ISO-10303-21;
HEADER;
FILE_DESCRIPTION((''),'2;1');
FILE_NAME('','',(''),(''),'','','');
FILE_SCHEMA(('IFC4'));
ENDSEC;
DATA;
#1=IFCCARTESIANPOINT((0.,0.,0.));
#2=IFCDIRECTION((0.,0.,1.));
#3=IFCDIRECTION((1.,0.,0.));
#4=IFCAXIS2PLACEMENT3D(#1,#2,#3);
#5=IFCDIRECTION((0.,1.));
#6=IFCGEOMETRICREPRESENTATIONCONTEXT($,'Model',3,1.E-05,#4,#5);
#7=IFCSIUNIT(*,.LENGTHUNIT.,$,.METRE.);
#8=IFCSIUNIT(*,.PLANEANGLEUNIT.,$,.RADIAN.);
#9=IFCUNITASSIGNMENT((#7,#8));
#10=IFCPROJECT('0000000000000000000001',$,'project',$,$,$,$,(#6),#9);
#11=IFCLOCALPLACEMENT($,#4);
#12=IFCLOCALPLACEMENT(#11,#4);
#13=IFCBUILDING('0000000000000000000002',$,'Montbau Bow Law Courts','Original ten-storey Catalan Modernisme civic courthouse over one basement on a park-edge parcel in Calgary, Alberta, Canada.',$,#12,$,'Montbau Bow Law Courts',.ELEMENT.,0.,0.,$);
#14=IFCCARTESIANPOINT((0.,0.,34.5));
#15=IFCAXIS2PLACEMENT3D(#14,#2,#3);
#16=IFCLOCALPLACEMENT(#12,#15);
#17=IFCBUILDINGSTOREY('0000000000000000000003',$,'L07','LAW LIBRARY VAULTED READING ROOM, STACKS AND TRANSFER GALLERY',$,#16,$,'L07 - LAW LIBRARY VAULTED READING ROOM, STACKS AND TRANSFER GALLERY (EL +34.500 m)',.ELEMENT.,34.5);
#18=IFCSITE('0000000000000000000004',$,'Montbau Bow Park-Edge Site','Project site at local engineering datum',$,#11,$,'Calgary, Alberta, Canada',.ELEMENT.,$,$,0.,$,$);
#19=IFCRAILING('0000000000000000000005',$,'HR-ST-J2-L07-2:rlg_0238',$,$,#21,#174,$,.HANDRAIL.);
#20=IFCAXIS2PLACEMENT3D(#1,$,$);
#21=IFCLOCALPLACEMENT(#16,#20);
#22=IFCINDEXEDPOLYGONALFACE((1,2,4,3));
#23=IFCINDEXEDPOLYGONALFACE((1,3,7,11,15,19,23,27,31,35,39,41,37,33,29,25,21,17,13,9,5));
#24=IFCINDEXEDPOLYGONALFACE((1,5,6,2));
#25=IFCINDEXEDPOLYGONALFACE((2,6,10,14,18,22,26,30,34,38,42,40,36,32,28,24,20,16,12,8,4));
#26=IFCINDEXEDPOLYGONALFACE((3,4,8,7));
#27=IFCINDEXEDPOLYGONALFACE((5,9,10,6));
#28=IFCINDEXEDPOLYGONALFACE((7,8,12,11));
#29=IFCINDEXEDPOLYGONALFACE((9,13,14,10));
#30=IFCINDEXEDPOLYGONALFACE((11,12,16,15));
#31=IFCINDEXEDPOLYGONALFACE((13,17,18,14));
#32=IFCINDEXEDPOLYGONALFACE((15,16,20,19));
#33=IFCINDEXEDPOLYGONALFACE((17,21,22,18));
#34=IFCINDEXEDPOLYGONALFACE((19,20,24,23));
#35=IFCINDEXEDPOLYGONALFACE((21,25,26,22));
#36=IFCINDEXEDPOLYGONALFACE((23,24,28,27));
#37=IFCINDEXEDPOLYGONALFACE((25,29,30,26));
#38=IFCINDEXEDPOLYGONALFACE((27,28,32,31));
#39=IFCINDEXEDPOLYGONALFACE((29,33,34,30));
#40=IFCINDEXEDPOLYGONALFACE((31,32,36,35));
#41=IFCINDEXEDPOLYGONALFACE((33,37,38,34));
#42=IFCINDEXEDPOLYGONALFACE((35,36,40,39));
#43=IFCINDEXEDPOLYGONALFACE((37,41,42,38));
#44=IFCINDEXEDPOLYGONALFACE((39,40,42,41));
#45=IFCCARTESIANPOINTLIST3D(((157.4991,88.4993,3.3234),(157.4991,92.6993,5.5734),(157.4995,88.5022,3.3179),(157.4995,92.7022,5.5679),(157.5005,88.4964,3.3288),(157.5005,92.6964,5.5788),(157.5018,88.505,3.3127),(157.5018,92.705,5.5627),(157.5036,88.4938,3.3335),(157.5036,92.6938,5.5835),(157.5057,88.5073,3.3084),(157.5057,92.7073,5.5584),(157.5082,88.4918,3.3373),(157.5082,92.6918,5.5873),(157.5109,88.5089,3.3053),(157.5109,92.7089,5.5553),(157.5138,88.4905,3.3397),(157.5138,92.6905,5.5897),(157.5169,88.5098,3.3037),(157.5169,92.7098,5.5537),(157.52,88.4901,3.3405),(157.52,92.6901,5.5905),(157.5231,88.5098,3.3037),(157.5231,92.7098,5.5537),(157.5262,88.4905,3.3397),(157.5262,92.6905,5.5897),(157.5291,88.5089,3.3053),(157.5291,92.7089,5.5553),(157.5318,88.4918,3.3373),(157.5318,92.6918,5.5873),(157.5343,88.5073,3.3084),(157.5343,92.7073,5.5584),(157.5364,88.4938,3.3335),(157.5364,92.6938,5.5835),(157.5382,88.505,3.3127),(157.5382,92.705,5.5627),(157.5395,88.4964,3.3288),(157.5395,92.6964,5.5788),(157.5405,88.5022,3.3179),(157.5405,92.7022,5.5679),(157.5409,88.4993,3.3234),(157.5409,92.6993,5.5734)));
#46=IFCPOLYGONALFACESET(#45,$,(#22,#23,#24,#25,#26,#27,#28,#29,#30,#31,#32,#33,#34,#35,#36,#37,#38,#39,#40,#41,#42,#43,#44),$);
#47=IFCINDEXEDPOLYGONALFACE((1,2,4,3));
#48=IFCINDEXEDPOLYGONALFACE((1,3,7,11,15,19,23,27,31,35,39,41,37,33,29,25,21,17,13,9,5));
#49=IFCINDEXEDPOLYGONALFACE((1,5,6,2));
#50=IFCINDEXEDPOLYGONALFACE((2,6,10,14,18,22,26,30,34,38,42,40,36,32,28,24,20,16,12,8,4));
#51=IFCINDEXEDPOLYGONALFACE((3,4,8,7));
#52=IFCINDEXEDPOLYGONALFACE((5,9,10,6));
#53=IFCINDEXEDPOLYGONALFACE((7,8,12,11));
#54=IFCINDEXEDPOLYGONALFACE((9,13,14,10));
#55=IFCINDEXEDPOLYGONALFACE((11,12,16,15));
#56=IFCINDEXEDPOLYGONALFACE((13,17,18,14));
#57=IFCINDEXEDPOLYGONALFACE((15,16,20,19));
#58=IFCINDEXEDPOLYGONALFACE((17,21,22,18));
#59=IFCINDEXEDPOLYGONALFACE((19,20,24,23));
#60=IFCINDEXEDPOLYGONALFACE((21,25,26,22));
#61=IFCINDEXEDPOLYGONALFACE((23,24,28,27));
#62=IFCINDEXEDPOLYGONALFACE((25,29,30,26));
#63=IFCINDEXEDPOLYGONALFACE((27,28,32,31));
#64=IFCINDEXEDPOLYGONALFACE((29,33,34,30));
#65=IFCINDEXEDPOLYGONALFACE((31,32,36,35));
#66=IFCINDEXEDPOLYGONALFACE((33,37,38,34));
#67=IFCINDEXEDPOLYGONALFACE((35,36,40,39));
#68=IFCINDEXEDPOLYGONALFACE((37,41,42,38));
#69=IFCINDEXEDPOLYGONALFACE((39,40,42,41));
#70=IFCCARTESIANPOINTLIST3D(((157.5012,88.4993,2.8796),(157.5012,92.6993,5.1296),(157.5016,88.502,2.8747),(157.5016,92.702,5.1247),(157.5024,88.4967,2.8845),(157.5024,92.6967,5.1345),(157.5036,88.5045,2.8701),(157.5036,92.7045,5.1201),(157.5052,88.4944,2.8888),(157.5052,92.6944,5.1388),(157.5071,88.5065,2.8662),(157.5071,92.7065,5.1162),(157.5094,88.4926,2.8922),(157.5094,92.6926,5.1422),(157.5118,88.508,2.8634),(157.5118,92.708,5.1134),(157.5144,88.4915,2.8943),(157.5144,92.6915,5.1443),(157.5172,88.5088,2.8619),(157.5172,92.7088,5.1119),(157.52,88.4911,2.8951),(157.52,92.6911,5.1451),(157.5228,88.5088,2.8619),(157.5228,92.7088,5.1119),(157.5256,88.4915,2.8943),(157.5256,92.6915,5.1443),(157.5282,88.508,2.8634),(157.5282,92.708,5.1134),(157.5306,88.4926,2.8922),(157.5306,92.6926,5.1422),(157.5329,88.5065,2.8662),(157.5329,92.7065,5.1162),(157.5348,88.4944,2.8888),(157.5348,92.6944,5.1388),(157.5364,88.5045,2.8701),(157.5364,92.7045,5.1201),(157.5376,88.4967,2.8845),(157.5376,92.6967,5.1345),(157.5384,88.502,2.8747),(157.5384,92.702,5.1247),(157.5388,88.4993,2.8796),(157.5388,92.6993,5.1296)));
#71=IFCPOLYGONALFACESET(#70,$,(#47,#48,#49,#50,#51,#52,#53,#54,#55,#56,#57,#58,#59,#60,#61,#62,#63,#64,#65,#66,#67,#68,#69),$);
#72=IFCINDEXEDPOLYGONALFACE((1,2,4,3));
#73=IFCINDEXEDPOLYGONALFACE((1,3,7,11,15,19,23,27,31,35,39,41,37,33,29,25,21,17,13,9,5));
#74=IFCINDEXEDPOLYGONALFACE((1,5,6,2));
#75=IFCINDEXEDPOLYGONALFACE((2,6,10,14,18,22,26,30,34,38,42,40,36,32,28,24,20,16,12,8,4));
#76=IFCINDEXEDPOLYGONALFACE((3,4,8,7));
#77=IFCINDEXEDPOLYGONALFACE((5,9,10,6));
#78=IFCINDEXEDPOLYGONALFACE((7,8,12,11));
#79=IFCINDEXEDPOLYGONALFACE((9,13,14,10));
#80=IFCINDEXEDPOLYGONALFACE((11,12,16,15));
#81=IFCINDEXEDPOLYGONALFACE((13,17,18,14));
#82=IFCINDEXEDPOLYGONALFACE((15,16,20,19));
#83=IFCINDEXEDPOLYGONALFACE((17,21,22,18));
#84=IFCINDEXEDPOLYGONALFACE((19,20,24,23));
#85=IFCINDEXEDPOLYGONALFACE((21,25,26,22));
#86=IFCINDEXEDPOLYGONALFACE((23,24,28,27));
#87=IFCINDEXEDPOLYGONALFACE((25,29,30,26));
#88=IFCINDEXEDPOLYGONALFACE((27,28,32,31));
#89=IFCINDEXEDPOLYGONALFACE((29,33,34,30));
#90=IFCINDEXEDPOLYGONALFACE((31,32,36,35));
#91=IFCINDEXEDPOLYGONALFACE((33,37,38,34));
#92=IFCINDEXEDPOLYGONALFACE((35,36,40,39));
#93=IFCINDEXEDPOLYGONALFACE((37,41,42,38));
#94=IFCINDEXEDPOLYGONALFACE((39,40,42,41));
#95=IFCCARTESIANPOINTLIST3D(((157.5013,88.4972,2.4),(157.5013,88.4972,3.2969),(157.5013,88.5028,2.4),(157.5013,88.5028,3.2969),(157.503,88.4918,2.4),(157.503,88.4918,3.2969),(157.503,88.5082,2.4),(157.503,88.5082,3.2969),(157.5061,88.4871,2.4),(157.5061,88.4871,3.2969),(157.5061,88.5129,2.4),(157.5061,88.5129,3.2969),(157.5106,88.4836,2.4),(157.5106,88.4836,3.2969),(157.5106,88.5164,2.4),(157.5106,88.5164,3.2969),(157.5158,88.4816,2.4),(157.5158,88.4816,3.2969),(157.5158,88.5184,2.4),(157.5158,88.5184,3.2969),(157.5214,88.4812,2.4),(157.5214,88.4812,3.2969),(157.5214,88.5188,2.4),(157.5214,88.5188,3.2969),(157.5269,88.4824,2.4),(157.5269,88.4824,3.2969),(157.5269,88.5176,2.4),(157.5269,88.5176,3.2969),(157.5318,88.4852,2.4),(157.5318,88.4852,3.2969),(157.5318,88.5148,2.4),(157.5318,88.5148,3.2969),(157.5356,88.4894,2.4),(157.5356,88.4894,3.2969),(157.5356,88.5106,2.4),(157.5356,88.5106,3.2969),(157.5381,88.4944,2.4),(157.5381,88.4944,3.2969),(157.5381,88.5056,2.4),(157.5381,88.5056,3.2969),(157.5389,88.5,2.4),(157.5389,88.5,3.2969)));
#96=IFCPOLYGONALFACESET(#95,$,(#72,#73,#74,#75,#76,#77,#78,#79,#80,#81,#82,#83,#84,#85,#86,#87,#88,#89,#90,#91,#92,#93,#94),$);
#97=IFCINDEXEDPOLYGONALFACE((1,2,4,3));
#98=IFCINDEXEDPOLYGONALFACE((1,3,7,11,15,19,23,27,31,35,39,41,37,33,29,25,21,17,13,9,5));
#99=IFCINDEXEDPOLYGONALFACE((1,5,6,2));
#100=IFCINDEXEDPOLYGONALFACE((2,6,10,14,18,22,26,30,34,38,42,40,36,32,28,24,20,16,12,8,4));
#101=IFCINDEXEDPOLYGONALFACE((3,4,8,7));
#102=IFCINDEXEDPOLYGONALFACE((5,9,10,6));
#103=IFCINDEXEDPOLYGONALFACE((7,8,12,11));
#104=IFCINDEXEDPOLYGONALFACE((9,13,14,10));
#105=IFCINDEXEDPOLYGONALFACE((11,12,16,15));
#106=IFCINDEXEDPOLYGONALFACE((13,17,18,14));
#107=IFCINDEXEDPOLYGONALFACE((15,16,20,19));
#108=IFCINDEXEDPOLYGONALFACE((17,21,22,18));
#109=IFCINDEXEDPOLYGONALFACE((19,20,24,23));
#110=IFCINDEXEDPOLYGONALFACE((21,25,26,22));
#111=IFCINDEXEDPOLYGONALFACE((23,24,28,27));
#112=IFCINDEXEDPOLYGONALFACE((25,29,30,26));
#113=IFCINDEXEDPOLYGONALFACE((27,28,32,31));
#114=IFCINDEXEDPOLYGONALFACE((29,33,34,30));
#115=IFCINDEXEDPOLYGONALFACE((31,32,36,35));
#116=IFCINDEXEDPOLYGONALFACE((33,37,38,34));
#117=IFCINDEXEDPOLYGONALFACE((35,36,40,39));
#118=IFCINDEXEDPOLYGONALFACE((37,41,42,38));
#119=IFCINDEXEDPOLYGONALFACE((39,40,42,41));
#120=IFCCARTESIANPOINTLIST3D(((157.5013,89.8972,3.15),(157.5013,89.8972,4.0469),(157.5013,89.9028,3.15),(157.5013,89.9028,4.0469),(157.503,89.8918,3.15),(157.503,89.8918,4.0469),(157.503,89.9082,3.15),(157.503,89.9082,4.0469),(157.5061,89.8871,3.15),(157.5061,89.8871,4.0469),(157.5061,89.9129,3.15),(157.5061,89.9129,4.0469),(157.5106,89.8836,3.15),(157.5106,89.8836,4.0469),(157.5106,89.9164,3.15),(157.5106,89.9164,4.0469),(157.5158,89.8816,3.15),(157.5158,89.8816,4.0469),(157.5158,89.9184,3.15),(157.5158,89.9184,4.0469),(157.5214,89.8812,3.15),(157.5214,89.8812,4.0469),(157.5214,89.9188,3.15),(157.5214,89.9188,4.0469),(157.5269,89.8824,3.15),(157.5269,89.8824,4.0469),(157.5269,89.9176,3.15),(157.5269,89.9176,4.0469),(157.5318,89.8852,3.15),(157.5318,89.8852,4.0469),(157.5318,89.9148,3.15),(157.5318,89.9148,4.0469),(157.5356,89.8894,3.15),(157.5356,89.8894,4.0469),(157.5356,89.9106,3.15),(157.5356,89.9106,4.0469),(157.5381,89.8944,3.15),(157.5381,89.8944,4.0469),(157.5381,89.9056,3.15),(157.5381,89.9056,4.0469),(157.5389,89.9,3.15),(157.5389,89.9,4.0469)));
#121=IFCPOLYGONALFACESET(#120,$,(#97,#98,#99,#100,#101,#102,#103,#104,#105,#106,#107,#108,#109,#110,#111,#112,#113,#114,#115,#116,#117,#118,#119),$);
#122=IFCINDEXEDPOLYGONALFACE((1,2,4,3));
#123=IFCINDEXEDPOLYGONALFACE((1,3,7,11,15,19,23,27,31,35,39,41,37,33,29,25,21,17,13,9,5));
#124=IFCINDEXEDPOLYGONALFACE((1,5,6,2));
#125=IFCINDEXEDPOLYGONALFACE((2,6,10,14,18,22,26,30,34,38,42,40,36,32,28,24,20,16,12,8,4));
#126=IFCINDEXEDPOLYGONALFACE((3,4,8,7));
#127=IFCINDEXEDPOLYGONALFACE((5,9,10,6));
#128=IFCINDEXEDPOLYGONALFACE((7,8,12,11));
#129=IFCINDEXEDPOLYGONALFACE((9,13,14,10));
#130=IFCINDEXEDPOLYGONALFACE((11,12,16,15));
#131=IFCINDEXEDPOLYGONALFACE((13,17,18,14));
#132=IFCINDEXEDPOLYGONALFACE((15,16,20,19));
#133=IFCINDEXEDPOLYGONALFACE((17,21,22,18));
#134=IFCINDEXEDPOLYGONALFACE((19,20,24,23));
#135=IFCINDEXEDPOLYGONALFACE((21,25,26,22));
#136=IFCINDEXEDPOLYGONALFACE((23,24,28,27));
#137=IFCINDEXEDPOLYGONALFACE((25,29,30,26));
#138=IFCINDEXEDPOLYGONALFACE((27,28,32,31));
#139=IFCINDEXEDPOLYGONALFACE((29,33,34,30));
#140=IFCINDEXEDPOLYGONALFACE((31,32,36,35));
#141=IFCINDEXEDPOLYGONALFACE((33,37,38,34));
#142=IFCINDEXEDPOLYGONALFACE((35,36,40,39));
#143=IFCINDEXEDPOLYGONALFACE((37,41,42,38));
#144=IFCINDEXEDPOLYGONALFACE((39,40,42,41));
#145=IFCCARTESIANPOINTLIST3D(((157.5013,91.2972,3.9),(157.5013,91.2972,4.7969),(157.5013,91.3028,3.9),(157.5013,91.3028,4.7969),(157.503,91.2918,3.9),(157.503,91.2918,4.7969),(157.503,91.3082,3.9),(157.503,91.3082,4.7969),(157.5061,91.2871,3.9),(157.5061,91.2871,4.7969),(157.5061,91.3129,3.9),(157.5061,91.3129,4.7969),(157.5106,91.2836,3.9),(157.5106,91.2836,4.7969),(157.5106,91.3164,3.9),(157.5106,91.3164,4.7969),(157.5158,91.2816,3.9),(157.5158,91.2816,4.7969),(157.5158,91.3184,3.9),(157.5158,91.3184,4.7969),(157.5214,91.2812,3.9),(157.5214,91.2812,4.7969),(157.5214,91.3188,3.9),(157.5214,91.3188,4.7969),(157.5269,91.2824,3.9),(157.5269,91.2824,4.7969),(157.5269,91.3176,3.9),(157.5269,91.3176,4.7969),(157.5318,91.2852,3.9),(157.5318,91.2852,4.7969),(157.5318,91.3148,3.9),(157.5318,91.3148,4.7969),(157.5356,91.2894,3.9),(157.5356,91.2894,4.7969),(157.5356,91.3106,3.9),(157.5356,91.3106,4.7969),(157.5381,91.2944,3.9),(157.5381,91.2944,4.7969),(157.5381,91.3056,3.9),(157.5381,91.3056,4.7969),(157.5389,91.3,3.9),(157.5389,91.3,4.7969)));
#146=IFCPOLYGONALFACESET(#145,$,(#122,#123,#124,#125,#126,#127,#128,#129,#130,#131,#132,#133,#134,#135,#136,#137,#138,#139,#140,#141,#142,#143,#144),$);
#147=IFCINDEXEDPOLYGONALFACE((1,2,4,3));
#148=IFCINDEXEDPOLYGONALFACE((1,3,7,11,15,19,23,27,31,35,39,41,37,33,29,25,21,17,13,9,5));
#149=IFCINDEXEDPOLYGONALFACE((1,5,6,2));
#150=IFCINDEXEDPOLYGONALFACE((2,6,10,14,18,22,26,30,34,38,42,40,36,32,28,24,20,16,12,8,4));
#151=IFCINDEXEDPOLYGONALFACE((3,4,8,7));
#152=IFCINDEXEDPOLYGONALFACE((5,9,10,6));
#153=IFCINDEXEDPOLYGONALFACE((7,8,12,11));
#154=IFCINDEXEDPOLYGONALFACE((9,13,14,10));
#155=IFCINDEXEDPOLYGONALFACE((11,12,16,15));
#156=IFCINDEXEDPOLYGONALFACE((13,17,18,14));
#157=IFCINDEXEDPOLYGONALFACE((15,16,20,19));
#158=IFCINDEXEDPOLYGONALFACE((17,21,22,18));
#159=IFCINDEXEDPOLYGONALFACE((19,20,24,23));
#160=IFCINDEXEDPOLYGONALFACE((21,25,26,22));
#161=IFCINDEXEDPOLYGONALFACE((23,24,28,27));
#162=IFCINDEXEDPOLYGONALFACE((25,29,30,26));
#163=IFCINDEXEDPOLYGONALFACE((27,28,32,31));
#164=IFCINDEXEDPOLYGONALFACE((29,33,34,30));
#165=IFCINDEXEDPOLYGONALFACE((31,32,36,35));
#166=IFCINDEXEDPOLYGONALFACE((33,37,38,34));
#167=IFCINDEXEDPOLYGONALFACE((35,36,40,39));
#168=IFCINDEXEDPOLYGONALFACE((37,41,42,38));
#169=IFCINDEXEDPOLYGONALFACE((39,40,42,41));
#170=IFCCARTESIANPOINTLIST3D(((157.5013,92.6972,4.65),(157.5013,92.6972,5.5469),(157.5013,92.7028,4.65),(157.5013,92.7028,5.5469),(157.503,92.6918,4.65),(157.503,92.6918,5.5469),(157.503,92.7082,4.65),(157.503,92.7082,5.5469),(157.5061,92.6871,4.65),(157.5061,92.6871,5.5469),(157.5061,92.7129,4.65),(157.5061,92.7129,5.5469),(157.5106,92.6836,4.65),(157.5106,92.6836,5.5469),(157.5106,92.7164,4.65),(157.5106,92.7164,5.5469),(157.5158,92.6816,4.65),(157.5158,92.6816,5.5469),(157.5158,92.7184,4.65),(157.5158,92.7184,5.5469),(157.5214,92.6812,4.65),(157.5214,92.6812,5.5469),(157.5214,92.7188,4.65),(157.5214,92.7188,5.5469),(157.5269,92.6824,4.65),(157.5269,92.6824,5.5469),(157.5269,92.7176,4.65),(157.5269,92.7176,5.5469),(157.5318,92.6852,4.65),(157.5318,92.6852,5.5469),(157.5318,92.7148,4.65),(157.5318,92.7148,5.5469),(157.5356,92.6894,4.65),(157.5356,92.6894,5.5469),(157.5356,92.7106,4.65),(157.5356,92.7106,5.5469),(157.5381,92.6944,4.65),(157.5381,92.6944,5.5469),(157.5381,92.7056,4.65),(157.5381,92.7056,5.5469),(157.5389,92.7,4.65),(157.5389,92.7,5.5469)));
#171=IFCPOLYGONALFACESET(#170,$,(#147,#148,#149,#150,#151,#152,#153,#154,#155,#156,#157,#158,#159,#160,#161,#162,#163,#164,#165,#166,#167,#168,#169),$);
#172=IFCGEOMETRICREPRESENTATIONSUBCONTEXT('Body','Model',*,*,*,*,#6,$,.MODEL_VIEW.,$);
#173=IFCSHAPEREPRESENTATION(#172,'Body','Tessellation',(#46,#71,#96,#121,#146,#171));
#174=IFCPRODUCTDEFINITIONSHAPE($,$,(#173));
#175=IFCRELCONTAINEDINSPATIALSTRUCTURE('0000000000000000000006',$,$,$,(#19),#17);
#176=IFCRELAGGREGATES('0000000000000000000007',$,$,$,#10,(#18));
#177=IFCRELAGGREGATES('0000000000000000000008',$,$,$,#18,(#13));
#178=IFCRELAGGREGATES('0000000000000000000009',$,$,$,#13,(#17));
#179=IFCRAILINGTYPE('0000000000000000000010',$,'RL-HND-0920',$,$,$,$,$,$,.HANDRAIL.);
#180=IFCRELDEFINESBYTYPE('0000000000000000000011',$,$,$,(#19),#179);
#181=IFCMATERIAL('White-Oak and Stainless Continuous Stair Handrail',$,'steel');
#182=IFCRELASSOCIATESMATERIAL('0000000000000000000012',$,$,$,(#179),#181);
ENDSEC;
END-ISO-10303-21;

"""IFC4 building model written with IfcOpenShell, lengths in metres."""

from ifc_helpers import new_model, si_unit, direction, frame, origin_with_axes, origin_2d_with_axis, place, context, subcontext, project, spatial, circle, extrude, material, type_object, element, save


model = new_model("IFC4")

# Units and contexts
model_context = context("Model", 3, precision=1e-05, world=origin_with_axes(), true_north=direction((0.0, 1.0)))
body_context = subcontext(model_context, "Body", "Model", "MODEL_VIEW")
ifc_project = project(units=[si_unit("LENGTHUNIT", "METRE"), si_unit("PLANEANGLEUNIT", "RADIAN")], contexts=[model_context])

# Site, building, storey
site_placement = place(None, origin_with_axes())
site = spatial("IfcSite", under=ifc_project, at=site_placement, Name="Montbau Bow Park-Edge Site", Description="Project site at local engineering datum", LongName="Calgary, Alberta, Canada", CompositionType="ELEMENT", RefElevation=0.0)
building_placement = place(site_placement, origin_with_axes())
building = spatial("IfcBuilding", under=site, at=building_placement, Name="Montbau Bow Law Courts", Description="Original ten-storey Catalan Modernisme civic courthouse over one basement on a park-edge parcel in Calgary, Alberta, Canada.", LongName="Montbau Bow Law Courts", CompositionType="ELEMENT", ElevationOfRefHeight=0.0, ElevationOfTerrain=0.0)
storey_placement = place(building_placement, frame((0.0, 0.0, 34.5), z_axis=(0.0, 0.0, 1.0), x_axis=(1.0, 0.0, 0.0)))
storey = spatial("IfcBuildingStorey", under=building, at=storey_placement, Name="L07", Description="LAW LIBRARY VAULTED READING ROOM, STACKS AND TRANSFER GALLERY", LongName="L07 - LAW LIBRARY VAULTED READING ROOM, STACKS AND TRANSFER GALLERY (EL +34.500 m)", CompositionType="ELEMENT", Elevation=34.5)

# Railing
ifc_material_1 = material(Name="White-Oak and Stainless Continuous Stair Handrail", Category="steel")
railing_type_1 = type_object("IfcRailingType", Name="RL-HND-0920", PredefinedType="HANDRAIL", material=ifc_material_1)
railing_1_placement = place(None, origin_with_axes())
element("IfcRailing", 1, at=railing_1_placement, inside=storey, type_object=railing_type_1, Name="HR-ST-J2-L07-2:rlg_0238", PredefinedType="HANDRAIL", context=body_context, shape_type="SweptSolid", body=[
    extrude(circle(Radius=0.021, at=origin_2d_with_axis()), frame((157.52, 88.5, 37.822), z_axis=(0.0, 0.88148, 0.472221), x_axis=(0.0, -0.472221, 0.88148)), (0.0, 0.0, 1.0), 4.7647),
    extrude(circle(Radius=0.0189, at=origin_2d_with_axis()), frame((157.52, 88.5, 37.3784), z_axis=(0.0, 0.88148, 0.472221), x_axis=(0.0, -0.472221, 0.88148)), (0.0, 0.0, 1.0), 4.7647),
    extrude(circle(Radius=0.0189, at=origin_2d_with_axis()), frame((157.52, 88.5, 36.9), z_axis=(0.0, 0.0, 1.0), x_axis=(1.0, 0.0, 0.0)), (0.0, 0.0, 1.0), 0.8969),
    extrude(circle(Radius=0.0189, at=origin_2d_with_axis()), frame((157.52, 89.9, 37.65), z_axis=(0.0, 0.0, 1.0), x_axis=(1.0, 0.0, 0.0)), (0.0, 0.0, 1.0), 0.8969),
    extrude(circle(Radius=0.0189, at=origin_2d_with_axis()), frame((157.52, 91.3, 38.4), z_axis=(0.0, 0.0, 1.0), x_axis=(1.0, 0.0, 0.0)), (0.0, 0.0, 1.0), 0.8969),
    extrude(circle(Radius=0.0189, at=origin_2d_with_axis()), frame((157.52, 92.7, 39.15), z_axis=(0.0, 0.0, 1.0), x_axis=(1.0, 0.0, 0.0)), (0.0, 0.0, 1.0), 0.8969),
])

save(model, "model.ifc")
